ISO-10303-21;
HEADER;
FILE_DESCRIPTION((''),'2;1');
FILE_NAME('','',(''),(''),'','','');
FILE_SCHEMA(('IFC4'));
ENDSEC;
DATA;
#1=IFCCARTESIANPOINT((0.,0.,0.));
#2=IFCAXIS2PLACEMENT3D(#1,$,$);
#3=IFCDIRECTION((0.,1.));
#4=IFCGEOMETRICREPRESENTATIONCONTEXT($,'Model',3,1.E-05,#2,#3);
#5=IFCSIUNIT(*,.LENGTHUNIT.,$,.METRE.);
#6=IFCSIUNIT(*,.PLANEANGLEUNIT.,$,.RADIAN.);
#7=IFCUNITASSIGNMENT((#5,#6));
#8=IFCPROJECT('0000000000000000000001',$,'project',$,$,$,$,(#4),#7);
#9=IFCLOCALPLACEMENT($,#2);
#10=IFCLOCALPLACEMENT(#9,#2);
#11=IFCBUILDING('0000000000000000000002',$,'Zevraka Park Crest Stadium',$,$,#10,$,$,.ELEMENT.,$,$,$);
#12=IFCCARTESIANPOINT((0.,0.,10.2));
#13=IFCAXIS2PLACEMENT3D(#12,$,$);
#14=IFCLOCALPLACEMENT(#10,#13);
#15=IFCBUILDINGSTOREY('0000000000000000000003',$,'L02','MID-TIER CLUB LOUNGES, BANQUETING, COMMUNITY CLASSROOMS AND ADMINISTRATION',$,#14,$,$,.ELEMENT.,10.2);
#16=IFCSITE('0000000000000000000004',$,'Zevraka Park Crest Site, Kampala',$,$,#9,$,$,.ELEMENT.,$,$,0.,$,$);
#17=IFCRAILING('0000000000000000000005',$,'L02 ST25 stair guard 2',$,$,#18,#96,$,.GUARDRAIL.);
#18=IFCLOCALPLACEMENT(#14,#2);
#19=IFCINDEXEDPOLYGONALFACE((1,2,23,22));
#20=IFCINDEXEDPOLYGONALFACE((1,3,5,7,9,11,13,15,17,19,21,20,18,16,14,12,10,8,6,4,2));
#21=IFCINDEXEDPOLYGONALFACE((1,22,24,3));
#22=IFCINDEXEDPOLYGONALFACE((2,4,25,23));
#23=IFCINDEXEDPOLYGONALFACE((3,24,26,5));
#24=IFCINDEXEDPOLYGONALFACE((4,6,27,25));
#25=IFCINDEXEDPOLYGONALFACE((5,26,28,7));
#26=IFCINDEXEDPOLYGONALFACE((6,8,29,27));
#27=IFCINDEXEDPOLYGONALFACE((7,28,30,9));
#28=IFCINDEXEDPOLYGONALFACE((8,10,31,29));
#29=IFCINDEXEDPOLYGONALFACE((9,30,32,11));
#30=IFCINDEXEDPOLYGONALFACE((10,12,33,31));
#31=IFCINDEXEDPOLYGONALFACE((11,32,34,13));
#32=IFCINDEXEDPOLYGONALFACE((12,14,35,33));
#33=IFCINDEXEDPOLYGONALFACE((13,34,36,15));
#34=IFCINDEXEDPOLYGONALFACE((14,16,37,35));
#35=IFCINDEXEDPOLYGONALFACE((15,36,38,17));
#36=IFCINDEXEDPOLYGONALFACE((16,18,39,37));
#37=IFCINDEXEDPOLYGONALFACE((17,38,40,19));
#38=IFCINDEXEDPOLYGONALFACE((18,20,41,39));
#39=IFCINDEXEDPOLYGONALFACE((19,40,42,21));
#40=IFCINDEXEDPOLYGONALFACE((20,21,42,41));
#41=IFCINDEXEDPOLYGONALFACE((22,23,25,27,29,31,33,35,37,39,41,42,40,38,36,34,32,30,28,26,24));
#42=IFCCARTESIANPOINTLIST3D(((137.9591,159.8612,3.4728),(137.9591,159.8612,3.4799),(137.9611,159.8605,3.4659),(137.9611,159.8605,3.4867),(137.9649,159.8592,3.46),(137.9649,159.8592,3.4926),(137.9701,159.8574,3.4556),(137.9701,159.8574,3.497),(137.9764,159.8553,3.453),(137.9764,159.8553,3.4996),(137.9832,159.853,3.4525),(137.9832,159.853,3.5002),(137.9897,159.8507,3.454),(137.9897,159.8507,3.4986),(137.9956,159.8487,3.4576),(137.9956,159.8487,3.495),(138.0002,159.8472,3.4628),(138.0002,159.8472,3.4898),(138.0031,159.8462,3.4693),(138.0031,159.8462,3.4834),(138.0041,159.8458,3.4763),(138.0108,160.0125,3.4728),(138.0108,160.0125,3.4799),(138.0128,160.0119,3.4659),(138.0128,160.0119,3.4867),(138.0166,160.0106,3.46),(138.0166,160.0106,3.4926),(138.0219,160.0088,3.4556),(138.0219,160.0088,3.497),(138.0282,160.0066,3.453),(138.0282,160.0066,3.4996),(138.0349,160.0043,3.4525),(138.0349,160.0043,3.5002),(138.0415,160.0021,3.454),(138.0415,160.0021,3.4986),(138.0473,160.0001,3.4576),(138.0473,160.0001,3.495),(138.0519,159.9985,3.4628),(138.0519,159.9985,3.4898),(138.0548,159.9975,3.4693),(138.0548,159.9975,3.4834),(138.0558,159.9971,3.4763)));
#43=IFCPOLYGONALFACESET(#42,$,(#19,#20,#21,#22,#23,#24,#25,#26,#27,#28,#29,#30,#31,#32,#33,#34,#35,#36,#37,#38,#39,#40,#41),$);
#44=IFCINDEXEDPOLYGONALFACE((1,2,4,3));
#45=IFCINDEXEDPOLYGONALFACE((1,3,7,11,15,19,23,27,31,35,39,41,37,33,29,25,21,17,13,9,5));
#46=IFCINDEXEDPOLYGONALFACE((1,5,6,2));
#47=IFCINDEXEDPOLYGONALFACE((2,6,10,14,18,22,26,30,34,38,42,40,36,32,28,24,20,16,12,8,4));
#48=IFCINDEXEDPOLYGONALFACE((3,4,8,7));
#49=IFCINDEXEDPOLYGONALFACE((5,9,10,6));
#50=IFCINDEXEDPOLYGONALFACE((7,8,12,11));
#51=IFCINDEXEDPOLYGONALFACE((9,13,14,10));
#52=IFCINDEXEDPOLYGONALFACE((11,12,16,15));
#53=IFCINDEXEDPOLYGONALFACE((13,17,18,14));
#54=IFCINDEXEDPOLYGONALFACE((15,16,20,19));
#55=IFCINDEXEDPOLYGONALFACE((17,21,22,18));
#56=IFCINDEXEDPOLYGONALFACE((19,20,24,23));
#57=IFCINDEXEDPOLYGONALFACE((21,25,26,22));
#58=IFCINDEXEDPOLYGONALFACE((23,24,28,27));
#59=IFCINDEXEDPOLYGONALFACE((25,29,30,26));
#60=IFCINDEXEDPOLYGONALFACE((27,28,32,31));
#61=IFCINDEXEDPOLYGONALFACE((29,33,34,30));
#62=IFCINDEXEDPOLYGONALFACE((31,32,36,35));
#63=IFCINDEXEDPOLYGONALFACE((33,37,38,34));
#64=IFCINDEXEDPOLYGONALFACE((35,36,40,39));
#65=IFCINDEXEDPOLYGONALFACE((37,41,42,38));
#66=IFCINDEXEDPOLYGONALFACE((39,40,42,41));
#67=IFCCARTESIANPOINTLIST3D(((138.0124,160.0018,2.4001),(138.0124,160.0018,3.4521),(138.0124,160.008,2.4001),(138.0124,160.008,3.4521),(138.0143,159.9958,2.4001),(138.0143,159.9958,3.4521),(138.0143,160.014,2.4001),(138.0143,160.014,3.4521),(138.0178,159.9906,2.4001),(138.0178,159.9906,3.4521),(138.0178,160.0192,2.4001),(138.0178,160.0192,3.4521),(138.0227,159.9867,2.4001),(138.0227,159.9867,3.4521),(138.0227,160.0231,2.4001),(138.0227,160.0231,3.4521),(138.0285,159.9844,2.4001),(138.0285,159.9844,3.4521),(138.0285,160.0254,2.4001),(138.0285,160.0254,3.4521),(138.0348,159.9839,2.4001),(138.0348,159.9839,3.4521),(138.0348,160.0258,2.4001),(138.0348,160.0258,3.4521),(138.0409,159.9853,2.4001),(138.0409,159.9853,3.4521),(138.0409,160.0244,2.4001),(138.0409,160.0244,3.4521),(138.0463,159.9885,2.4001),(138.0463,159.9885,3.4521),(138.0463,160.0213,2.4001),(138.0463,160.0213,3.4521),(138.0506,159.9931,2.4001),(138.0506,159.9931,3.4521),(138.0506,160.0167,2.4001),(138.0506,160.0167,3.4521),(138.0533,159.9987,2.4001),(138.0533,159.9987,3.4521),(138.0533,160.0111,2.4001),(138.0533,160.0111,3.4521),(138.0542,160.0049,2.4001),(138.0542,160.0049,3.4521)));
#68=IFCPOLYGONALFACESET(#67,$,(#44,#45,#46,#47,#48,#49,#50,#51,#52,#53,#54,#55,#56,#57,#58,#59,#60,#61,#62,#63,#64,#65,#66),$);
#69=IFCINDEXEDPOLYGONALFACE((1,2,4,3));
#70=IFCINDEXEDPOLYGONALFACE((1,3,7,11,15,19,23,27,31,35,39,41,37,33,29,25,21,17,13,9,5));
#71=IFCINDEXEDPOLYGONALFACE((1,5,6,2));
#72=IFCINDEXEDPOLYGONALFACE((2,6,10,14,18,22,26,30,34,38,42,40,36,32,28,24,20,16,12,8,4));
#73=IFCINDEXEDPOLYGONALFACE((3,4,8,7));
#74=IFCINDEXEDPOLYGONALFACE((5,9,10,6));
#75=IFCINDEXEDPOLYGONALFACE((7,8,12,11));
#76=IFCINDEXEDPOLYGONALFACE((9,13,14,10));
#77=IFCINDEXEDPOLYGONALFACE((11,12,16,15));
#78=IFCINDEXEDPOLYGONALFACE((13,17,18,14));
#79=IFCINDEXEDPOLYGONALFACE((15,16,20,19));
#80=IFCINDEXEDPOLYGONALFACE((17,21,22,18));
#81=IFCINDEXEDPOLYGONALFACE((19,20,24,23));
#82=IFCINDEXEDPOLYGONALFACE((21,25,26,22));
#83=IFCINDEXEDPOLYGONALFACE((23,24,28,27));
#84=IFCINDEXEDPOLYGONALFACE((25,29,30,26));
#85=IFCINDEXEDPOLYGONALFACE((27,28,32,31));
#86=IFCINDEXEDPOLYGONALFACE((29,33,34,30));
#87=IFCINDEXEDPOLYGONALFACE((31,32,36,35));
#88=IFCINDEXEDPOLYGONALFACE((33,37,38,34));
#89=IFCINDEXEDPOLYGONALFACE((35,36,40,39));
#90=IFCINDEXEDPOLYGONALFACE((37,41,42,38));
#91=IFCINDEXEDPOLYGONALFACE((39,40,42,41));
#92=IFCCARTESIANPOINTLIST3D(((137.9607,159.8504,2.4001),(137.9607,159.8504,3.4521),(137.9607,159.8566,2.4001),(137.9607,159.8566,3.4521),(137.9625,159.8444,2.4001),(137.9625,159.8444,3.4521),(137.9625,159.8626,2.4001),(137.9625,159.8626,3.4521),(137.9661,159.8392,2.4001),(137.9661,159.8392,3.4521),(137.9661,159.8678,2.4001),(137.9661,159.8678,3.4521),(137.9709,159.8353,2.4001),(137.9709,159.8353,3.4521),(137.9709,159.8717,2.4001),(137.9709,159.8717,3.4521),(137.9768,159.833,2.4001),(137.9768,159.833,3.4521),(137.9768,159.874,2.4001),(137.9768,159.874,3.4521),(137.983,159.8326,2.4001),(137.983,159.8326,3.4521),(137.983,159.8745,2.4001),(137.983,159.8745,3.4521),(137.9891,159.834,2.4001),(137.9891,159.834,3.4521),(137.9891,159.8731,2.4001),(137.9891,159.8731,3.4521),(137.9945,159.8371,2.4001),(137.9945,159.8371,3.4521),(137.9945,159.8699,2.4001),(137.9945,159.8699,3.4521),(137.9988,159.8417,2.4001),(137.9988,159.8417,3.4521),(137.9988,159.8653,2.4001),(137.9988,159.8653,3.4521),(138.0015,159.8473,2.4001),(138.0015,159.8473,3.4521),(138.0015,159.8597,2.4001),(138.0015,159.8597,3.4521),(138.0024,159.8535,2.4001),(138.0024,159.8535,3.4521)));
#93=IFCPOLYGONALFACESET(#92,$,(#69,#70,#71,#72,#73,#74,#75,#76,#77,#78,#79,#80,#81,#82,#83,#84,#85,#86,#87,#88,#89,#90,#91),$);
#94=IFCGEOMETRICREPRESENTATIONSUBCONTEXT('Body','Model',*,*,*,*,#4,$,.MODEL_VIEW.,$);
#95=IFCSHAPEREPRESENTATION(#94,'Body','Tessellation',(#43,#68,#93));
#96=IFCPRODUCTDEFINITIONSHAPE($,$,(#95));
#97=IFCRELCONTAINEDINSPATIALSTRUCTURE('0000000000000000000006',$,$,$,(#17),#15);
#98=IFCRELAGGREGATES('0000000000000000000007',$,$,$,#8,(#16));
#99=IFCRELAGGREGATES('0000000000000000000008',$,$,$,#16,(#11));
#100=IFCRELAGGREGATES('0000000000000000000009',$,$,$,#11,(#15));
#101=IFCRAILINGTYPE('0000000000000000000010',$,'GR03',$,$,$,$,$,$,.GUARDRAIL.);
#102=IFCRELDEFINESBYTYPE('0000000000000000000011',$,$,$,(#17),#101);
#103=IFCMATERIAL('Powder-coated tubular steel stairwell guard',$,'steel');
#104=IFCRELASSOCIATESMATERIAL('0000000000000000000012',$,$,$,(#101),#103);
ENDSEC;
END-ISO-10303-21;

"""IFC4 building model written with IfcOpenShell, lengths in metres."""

from ifc_helpers import new_model, si_unit, direction, frame, origin, origin_2d, place, context, subcontext, project, spatial, circle, extrude, material, type_object, element, save


model = new_model("IFC4")

# Units and contexts
model_context = context("Model", 3, precision=1e-05, world=origin(), true_north=direction((0.0, 1.0)))
body_context = subcontext(model_context, "Body", "Model", "MODEL_VIEW")
ifc_project = project(units=[si_unit("LENGTHUNIT", "METRE"), si_unit("PLANEANGLEUNIT", "RADIAN")], contexts=[model_context])

# Site, building, storey
site_placement = place(None, origin())
site = spatial("IfcSite", under=ifc_project, at=site_placement, Name="Zevraka Park Crest Site, Kampala", CompositionType="ELEMENT", RefElevation=0.0)
building_placement = place(site_placement, origin())
building = spatial("IfcBuilding", under=site, at=building_placement, Name="Zevraka Park Crest Stadium", CompositionType="ELEMENT")
storey_placement = place(building_placement, frame((0.0, 0.0, 10.2)))
storey = spatial("IfcBuildingStorey", under=building, at=storey_placement, Name="L02", Description="MID-TIER CLUB LOUNGES, BANQUETING, COMMUNITY CLASSROOMS AND ADMINISTRATION", CompositionType="ELEMENT", Elevation=10.2)

# Railing
ifc_material_1 = material(Name="Powder-coated tubular steel stairwell guard", Category="steel")
railing_type_1 = type_object("IfcRailingType", Name="GR03", PredefinedType="GUARDRAIL", material=ifc_material_1)
railing_1_placement = place(storey_placement, frame((138.0332, 160.0049, 2.4001)))
element("IfcRailing", 1, at=railing_1_placement, inside=storey, type_object=railing_type_1, Name="L02 ST25 stair guard 2", PredefinedType="GUARDRAIL", context=body_context, shape_type="SweptSolid", body=[
    extrude(circle(Radius=0.0239, at=origin_2d()), frame((0.0, 0.0, 1.0762), z_axis=(-0.323544, -0.946213, 0.0), x_axis=(0.946213, -0.323544, 0.0)), (0.0, 0.0, 1.0), 0.1599),
    extrude(circle(Radius=0.021, at=origin_2d()), origin(), (0.0, 0.0, 1.0), 1.052),
    extrude(circle(Radius=0.021, at=origin_2d()), frame((-0.0518, -0.1514, 0.0)), (0.0, 0.0, 1.0), 1.052),
])

save(model, "model.ifc")
